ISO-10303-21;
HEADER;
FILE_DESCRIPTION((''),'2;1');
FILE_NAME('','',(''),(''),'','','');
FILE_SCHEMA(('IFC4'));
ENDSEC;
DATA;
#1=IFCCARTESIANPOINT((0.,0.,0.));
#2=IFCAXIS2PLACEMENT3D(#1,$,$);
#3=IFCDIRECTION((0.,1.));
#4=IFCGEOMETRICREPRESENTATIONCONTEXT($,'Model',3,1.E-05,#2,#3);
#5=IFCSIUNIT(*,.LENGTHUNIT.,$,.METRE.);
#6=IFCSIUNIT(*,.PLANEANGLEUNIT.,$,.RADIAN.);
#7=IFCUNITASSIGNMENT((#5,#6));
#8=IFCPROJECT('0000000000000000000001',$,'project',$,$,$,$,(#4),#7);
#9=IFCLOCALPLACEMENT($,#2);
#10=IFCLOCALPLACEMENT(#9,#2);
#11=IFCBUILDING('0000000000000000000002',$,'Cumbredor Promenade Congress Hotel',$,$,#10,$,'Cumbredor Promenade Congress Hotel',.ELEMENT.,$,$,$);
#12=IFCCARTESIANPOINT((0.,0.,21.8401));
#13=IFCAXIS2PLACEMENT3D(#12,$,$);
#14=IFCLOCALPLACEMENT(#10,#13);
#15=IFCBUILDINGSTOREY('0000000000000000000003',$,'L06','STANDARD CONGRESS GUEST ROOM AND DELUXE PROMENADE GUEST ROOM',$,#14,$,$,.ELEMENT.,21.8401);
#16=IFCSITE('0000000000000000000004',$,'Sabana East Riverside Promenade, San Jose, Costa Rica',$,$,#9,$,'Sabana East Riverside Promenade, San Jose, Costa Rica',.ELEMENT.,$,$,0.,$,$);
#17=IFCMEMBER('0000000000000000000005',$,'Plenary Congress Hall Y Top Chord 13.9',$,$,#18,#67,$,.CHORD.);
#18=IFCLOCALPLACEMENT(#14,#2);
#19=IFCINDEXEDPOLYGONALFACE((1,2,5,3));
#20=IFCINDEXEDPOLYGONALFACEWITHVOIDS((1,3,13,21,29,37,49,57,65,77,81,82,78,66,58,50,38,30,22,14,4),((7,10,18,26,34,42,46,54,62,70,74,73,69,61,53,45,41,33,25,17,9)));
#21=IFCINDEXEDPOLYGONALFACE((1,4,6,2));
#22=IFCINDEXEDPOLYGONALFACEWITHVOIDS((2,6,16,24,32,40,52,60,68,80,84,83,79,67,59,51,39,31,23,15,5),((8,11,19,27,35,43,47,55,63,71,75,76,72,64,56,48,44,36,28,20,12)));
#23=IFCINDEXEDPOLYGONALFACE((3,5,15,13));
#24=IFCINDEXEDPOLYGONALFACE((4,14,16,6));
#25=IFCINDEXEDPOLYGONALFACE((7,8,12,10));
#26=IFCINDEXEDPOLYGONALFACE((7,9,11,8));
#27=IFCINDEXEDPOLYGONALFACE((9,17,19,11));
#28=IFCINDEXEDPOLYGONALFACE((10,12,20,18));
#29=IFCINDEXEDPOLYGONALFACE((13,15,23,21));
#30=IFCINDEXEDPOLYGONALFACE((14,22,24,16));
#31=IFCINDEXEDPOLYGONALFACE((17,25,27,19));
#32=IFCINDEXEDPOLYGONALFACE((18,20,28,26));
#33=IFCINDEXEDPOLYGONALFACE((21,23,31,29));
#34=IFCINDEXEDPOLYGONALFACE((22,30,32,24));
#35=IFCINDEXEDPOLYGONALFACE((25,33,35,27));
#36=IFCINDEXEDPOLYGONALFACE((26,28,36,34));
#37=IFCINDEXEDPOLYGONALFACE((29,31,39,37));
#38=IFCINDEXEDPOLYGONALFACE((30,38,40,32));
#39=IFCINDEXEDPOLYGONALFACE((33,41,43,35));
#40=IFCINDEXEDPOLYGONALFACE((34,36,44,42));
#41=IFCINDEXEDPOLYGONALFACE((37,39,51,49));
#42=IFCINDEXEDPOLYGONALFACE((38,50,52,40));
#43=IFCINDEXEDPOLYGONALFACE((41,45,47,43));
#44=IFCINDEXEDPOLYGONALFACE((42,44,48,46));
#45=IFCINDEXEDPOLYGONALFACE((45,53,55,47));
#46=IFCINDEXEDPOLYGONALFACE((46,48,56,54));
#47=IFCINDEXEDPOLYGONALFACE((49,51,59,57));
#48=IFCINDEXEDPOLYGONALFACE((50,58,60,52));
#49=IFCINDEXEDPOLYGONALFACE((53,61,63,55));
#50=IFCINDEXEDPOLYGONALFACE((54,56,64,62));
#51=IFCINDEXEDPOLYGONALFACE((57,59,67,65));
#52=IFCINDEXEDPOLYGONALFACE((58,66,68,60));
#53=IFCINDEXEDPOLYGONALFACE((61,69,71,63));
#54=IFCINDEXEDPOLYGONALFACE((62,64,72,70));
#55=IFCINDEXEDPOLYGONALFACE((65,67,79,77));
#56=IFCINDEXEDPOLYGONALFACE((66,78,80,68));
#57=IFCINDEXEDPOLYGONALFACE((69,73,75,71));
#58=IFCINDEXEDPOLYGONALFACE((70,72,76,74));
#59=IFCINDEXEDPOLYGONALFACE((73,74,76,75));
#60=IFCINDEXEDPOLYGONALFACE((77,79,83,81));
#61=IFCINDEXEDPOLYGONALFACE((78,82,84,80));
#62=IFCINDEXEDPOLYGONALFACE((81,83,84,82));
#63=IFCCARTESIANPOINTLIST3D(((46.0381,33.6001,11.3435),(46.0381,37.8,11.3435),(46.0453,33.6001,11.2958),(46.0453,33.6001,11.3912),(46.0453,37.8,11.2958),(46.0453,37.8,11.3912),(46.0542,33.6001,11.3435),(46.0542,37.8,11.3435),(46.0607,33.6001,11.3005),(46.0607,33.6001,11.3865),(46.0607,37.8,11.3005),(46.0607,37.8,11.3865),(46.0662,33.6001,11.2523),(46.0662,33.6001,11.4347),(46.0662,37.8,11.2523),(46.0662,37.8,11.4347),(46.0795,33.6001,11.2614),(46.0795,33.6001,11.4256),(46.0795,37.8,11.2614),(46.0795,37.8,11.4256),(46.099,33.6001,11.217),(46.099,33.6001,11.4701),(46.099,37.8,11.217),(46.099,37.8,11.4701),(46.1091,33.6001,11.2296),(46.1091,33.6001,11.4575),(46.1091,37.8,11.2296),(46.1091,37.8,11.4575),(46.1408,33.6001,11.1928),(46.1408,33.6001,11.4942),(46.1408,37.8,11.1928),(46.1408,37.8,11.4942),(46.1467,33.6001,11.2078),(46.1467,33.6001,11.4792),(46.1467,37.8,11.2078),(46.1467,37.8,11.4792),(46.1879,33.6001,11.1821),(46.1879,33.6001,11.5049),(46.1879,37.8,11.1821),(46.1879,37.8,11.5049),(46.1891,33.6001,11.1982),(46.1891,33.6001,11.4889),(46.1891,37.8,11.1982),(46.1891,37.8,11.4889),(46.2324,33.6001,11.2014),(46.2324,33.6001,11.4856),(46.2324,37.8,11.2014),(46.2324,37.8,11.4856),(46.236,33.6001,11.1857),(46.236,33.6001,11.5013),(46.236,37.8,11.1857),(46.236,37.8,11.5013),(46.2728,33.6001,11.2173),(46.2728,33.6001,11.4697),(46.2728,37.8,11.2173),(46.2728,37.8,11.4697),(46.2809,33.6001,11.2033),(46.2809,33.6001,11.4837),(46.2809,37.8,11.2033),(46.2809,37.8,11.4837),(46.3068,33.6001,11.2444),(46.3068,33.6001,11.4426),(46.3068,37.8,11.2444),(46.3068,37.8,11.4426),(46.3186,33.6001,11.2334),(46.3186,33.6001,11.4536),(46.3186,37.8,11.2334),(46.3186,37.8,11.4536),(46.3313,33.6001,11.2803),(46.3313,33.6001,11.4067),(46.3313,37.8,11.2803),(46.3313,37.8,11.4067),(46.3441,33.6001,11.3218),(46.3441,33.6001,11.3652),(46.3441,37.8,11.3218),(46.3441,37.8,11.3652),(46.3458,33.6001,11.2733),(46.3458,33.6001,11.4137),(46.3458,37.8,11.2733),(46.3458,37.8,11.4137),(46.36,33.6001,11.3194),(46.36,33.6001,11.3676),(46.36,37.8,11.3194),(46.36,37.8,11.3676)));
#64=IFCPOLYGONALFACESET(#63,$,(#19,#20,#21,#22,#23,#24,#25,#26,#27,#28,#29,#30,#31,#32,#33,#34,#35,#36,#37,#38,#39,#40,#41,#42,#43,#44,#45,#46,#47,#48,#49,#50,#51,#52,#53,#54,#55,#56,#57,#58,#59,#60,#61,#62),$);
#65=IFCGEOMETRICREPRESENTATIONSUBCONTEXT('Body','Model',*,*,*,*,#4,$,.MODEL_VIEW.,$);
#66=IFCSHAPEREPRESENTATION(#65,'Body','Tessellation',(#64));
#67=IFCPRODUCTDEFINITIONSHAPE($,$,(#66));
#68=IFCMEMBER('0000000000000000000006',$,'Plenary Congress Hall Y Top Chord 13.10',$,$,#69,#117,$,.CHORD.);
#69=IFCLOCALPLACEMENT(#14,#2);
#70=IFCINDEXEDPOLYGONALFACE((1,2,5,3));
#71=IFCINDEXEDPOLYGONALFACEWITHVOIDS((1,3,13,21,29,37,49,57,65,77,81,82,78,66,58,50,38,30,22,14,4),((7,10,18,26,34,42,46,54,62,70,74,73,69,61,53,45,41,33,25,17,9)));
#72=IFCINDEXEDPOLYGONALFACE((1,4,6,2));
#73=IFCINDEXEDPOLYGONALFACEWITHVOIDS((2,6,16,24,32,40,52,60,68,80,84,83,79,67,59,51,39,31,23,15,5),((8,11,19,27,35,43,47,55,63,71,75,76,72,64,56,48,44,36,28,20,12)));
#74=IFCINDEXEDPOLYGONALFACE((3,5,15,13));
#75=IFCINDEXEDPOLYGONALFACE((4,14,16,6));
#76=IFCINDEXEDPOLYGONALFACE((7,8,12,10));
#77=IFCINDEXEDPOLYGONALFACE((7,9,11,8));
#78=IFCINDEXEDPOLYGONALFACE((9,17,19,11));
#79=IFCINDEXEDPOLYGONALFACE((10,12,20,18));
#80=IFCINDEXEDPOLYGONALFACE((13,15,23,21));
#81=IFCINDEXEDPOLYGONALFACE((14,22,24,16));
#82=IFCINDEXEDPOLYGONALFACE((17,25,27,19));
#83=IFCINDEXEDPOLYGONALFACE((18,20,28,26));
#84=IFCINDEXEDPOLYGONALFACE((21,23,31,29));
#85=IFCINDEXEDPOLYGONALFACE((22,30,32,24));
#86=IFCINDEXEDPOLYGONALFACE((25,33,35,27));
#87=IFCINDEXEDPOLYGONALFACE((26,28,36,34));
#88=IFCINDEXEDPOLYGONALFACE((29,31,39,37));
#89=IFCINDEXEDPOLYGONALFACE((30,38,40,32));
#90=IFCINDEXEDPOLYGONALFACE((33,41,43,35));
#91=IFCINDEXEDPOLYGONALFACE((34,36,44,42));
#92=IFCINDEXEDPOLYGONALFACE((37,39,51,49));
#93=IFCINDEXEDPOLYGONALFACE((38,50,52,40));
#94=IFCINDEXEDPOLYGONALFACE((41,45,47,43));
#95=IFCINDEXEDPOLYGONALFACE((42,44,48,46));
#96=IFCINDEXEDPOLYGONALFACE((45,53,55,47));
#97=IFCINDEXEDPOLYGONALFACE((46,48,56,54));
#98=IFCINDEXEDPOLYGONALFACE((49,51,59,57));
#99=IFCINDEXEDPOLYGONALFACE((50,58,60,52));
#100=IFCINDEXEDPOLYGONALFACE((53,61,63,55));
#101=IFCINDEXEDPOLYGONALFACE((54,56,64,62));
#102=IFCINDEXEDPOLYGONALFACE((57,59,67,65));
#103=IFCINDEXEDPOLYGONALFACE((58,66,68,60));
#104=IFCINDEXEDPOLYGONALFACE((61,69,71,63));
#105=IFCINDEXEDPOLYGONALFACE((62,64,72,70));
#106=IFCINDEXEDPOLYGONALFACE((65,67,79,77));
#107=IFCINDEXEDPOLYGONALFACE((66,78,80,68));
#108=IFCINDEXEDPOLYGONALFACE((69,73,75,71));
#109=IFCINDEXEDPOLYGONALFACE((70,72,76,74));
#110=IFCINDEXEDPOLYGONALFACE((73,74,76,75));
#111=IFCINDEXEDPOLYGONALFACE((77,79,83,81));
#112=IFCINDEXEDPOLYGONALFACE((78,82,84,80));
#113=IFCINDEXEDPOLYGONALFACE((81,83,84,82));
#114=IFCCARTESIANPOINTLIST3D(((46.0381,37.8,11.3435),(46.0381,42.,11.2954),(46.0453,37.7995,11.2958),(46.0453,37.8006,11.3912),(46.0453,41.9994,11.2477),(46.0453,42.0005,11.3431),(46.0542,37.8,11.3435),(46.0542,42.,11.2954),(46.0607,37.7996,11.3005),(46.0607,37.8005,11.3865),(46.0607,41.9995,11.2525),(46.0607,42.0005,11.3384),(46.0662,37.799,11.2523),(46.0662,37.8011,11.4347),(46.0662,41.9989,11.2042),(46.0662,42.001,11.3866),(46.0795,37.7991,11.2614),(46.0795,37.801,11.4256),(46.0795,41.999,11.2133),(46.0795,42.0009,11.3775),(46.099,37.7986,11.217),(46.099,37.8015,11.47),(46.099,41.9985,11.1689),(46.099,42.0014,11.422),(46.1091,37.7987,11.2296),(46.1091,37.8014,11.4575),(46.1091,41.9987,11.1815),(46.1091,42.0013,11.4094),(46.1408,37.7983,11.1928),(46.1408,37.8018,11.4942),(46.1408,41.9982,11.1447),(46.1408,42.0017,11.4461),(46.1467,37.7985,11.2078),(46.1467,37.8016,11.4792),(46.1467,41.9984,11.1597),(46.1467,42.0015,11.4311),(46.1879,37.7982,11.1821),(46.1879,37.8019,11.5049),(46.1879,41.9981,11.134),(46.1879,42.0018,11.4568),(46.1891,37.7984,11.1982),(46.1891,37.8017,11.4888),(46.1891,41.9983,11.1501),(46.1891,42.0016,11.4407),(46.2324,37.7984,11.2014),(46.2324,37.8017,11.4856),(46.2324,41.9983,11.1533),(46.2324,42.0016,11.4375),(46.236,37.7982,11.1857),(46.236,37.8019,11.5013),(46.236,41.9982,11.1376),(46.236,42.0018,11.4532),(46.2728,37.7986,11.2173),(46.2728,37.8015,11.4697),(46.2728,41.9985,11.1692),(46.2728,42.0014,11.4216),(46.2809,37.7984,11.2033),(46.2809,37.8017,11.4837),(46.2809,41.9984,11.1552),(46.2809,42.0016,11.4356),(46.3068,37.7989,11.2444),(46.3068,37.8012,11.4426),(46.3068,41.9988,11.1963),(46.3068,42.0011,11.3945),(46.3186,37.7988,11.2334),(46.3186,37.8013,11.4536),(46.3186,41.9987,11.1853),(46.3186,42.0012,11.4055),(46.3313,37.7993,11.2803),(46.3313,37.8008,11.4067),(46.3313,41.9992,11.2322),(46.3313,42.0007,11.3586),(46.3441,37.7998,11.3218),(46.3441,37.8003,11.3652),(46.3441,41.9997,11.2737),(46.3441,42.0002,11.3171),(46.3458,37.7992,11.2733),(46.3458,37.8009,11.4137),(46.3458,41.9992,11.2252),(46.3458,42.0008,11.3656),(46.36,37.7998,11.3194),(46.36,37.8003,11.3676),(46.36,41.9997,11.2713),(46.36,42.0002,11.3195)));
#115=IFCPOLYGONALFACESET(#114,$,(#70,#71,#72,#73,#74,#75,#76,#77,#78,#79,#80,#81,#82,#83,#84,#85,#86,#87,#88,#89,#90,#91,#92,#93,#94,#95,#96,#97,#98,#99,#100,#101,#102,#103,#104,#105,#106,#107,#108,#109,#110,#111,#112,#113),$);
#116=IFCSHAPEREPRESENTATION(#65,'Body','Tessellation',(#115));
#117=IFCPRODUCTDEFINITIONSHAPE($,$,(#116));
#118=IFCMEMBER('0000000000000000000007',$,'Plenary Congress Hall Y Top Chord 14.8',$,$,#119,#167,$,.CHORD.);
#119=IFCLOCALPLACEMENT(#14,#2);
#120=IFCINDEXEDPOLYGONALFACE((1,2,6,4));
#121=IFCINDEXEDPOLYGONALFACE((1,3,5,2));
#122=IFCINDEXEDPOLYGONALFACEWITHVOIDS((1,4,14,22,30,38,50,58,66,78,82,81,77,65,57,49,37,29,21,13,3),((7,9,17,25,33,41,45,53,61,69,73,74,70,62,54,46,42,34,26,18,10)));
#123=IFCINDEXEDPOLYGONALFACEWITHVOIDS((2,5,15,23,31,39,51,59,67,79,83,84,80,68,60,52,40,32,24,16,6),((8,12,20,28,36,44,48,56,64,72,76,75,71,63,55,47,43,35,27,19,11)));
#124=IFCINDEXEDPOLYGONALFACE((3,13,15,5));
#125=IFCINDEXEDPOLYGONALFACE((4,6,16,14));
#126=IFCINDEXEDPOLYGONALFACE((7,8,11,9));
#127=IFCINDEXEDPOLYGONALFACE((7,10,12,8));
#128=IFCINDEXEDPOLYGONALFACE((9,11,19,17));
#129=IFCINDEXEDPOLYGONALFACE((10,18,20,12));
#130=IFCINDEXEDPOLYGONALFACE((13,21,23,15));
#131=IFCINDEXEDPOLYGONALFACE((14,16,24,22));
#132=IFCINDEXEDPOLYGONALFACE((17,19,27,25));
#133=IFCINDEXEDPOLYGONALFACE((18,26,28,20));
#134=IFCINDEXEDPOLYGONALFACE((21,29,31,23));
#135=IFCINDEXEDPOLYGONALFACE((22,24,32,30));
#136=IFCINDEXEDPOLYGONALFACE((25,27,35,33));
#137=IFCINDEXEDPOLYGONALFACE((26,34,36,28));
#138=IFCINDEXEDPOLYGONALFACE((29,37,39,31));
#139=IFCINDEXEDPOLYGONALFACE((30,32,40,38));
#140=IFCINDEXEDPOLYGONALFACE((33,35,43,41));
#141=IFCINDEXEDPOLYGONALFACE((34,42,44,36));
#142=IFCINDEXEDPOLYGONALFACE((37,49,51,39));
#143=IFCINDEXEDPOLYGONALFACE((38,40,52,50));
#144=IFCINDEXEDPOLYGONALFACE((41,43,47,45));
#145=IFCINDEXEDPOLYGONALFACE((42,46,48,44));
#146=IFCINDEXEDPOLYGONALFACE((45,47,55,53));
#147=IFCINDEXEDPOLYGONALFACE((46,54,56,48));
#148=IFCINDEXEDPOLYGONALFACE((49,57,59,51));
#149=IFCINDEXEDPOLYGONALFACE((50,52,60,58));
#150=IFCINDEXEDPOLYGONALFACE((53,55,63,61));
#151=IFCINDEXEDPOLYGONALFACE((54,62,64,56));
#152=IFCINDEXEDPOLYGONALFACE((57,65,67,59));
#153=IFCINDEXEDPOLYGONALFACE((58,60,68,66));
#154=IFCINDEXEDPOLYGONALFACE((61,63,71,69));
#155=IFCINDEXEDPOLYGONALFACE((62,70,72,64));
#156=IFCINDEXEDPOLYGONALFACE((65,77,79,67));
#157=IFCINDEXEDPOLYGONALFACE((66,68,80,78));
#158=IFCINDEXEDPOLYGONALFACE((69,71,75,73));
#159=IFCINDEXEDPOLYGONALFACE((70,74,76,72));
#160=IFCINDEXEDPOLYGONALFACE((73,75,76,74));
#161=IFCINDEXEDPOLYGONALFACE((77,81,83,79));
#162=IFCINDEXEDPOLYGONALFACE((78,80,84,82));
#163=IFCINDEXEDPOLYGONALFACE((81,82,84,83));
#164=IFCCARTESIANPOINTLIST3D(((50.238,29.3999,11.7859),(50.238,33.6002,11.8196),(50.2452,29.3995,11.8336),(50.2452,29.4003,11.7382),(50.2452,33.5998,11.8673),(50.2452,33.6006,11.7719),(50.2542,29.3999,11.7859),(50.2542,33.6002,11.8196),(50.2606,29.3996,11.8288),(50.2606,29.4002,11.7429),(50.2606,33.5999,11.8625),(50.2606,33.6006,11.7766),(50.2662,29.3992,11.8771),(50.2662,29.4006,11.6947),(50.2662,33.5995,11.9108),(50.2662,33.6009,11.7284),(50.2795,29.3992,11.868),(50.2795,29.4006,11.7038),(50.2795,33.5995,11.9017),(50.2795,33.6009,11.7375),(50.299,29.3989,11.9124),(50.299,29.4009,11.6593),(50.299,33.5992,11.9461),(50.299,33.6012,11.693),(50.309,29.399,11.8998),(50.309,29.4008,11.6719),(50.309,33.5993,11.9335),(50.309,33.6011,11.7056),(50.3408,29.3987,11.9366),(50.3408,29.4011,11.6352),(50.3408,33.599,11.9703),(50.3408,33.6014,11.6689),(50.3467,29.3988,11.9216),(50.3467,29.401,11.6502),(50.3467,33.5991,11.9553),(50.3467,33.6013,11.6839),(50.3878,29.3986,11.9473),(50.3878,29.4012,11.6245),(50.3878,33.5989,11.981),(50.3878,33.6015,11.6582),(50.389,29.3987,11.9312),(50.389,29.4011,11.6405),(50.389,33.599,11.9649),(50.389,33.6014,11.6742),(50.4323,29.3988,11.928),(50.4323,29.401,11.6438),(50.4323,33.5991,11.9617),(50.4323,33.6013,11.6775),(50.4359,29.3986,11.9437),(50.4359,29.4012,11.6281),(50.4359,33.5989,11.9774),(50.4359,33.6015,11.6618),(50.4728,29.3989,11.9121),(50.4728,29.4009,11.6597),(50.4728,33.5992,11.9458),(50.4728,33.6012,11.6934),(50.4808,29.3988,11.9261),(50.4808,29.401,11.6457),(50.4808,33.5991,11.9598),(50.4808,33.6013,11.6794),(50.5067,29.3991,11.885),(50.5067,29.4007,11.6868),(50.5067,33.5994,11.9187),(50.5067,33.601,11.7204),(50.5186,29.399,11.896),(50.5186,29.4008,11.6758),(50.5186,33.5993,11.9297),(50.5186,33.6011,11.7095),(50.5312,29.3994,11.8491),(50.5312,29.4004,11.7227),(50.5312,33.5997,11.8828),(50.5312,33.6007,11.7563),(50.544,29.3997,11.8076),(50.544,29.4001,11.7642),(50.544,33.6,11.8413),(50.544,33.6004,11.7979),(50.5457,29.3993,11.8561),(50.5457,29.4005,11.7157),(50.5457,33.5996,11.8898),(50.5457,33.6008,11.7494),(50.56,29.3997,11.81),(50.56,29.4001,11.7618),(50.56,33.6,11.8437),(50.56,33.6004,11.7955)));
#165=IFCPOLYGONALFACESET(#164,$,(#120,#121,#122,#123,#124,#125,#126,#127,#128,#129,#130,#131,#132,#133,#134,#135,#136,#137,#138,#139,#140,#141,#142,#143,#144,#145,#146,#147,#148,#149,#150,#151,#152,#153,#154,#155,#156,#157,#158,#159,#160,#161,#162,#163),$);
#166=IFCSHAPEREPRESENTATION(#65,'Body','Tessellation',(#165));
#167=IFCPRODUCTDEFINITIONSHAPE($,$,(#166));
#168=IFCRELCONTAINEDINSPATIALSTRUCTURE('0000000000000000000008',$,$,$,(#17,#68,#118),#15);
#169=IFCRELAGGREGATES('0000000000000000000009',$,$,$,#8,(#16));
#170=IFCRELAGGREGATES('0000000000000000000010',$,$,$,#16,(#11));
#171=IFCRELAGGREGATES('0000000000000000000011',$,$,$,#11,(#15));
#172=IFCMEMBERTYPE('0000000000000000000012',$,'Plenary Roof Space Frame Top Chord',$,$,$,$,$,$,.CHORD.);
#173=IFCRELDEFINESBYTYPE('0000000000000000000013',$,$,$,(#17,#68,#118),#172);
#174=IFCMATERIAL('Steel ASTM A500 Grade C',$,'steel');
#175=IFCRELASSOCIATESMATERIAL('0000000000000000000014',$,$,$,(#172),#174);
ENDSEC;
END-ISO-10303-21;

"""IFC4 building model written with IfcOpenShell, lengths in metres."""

from ifc_helpers import new_model, si_unit, direction, frame, origin, origin_2d, place, context, subcontext, project, spatial, hollow_circle, extrude, material, material_profile, profile_set, type_object, element, save


model = new_model("IFC4")

# Units and contexts
model_context = context("Model", 3, precision=1e-05, world=origin(), true_north=direction((0.0, 1.0)))
body_context = subcontext(model_context, "Body", "Model", "MODEL_VIEW")
ifc_project = project(units=[si_unit("LENGTHUNIT", "METRE"), si_unit("PLANEANGLEUNIT", "RADIAN")], contexts=[model_context])

# Site, building, storey
site_placement = place(None, origin())
site = spatial("IfcSite", under=ifc_project, at=site_placement, Name="Sabana East Riverside Promenade, San Jose, Costa Rica", LongName="Sabana East Riverside Promenade, San Jose, Costa Rica", CompositionType="ELEMENT", RefElevation=0.0)
building_placement = place(site_placement, origin())
building = spatial("IfcBuilding", under=site, at=building_placement, Name="Cumbredor Promenade Congress Hotel", LongName="Cumbredor Promenade Congress Hotel", CompositionType="ELEMENT")
storey_placement = place(building_placement, frame((0.0, 0.0, 21.8401)))
storey = spatial("IfcBuildingStorey", under=building, at=storey_placement, Name="L06", Description="STANDARD CONGRESS GUEST ROOM AND DELUXE PROMENADE GUEST ROOM", CompositionType="ELEMENT", Elevation=21.8401)

# Members
ifc_material_1 = material(Name="Steel ASTM A500 Grade C", Category="steel")
ifc_material_profile_1 = material_profile(ifc_material_1, hollow_circle(Radius=0.1619, WallThickness=0.0161, at=origin_2d()), Name="CHS 323.9x16")
ifc_profile_set_1 = profile_set([ifc_material_profile_1], Name="Steel ASTM A500 Grade C")
member_type_1 = type_object("IfcMemberType", Name="Plenary Roof Space Frame Top Chord", PredefinedType="CHORD", material=ifc_profile_set_1)
member_1_placement = place(storey_placement, frame((46.2, 33.6001, 11.3435), z_axis=(0.0, 1.0, 0.0), x_axis=(-1.0, 0.0, 0.0)))
element("IfcMember", 1, at=member_1_placement, inside=storey, type_object=member_type_1, Name="Plenary Congress Hall Y Top Chord 13.9", PredefinedType="CHORD", context=body_context, shape_type="SweptSolid", body=[
    extrude(hollow_circle(Radius=0.1619, WallThickness=0.0161, at=origin_2d()), origin(), (0.0, 0.0, 1.0), 4.2),
])
member_2_placement = place(storey_placement, frame((46.2, 37.8, 11.3435), z_axis=(0.0, 0.999934, -0.011451), x_axis=(-1.0, 0.0, 0.0)))
element("IfcMember", 2, at=member_2_placement, inside=storey, type_object=member_type_1, Name="Plenary Congress Hall Y Top Chord 13.10", PredefinedType="CHORD", context=body_context, shape_type="SweptSolid", body=[
    extrude(hollow_circle(Radius=0.1619, WallThickness=0.0161, at=origin_2d()), origin(), (0.0, 0.0, 1.0), 4.2002),
])
member_3_placement = place(storey_placement, frame((50.3999, 29.3999, 11.7859), z_axis=(0.0, 0.999968, 0.008021), x_axis=(-1.0, 0.0, 0.0)))
element("IfcMember", 3, at=member_3_placement, inside=storey, type_object=member_type_1, Name="Plenary Congress Hall Y Top Chord 14.8", PredefinedType="CHORD", context=body_context, shape_type="SweptSolid", body=[
    extrude(hollow_circle(Radius=0.1619, WallThickness=0.0161, at=origin_2d()), origin(), (0.0, 0.0, 1.0), 4.2004),
])

save(model, "model.ifc")
